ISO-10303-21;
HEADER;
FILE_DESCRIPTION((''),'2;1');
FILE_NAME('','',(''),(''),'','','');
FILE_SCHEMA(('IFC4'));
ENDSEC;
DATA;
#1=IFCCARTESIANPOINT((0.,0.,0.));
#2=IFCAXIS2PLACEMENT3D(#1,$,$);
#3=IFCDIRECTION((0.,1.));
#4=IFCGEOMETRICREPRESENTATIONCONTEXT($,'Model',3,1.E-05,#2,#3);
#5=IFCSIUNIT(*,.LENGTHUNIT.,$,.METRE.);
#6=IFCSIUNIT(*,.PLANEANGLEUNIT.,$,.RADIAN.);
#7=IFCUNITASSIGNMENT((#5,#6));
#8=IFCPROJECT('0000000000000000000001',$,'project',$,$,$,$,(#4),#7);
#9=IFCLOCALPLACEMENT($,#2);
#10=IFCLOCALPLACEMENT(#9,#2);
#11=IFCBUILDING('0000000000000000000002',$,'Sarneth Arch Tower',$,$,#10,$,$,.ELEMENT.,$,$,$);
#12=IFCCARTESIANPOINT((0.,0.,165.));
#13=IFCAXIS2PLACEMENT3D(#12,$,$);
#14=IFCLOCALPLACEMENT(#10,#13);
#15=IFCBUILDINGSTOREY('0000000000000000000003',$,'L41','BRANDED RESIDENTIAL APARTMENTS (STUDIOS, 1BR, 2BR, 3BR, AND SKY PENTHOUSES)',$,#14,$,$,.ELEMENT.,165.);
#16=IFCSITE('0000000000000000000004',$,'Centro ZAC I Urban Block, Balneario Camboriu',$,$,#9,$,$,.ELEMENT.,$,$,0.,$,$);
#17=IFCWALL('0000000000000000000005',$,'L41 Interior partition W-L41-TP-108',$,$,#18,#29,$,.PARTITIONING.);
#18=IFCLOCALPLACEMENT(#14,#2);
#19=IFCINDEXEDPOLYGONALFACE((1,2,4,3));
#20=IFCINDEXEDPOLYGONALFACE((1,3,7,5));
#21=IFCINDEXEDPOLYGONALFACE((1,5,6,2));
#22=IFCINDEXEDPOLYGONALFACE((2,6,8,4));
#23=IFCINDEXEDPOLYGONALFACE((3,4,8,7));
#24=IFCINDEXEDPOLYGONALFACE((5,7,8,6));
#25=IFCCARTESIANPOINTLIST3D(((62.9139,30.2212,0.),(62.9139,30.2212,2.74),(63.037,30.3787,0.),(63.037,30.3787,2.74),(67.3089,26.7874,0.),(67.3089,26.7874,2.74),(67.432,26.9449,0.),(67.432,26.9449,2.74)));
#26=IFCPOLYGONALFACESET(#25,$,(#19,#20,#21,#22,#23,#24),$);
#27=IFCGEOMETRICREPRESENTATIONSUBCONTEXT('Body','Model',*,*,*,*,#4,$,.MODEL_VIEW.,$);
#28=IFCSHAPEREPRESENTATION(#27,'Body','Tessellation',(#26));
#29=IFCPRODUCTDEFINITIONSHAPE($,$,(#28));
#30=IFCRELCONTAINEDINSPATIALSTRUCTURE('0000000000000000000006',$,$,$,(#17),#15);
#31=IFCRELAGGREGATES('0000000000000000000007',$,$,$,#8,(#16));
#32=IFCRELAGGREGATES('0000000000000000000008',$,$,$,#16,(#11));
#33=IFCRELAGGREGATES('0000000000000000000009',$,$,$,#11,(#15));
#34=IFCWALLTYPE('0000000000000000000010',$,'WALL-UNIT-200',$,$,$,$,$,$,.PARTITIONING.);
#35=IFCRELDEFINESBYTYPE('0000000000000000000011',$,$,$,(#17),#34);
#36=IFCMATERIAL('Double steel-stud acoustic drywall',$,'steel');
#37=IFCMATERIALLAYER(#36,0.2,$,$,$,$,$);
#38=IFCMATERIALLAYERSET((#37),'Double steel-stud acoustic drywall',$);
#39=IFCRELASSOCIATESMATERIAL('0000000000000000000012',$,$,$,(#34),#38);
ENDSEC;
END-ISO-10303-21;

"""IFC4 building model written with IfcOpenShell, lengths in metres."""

from ifc_helpers import new_model, si_unit, direction, frame, frame_2d, origin, place, context, subcontext, project, spatial, rectangle, extrude, material, layer, layer_set, type_object, element, save


model = new_model("IFC4")

# Units and contexts
model_context = context("Model", 3, precision=1e-05, world=origin(), true_north=direction((0.0, 1.0)))
body_context = subcontext(model_context, "Body", "Model", "MODEL_VIEW")
ifc_project = project(units=[si_unit("LENGTHUNIT", "METRE"), si_unit("PLANEANGLEUNIT", "RADIAN")], contexts=[model_context])

# Site, building, storey
site_placement = place(None, origin())
site = spatial("IfcSite", under=ifc_project, at=site_placement, Name="Centro ZAC I Urban Block, Balneario Camboriu", CompositionType="ELEMENT", RefElevation=0.0)
building_placement = place(site_placement, origin())
building = spatial("IfcBuilding", under=site, at=building_placement, Name="Sarneth Arch Tower", CompositionType="ELEMENT")
storey_placement = place(building_placement, frame((0.0, 0.0, 165.0)))
storey = spatial("IfcBuildingStorey", under=building, at=storey_placement, Name="L41", Description="BRANDED RESIDENTIAL APARTMENTS (STUDIOS, 1BR, 2BR, 3BR, AND SKY PENTHOUSES)", CompositionType="ELEMENT", Elevation=165.0)

# Wall
ifc_material_1 = material(Name="Double steel-stud acoustic drywall", Category="steel")
ifc_layer_1 = layer(ifc_material_1, 0.2)
ifc_layer_set_1 = layer_set([ifc_layer_1], Name="Double steel-stud acoustic drywall")
wall_type_1 = type_object("IfcWallType", Name="WALL-UNIT-200", PredefinedType="PARTITIONING", material=ifc_layer_set_1)
wall_1_placement = place(storey_placement, frame((67.3704, 26.8662, 0.0), z_axis=(0.0, 0.0, 1.0), x_axis=(-0.788004, 0.61567, 0.0)))
element("IfcWall", 1, at=wall_1_placement, inside=storey, type_object=wall_type_1, Name="L41 Interior partition W-L41-TP-108", PredefinedType="PARTITIONING", context=body_context, shape_type="SweptSolid", body=[
    extrude(rectangle(XDim=5.5774, YDim=0.2, at=frame_2d((2.7886, 0.0))), origin(), (0.0, 0.0, 1.0), 2.74),
])

save(model, "model.ifc")
